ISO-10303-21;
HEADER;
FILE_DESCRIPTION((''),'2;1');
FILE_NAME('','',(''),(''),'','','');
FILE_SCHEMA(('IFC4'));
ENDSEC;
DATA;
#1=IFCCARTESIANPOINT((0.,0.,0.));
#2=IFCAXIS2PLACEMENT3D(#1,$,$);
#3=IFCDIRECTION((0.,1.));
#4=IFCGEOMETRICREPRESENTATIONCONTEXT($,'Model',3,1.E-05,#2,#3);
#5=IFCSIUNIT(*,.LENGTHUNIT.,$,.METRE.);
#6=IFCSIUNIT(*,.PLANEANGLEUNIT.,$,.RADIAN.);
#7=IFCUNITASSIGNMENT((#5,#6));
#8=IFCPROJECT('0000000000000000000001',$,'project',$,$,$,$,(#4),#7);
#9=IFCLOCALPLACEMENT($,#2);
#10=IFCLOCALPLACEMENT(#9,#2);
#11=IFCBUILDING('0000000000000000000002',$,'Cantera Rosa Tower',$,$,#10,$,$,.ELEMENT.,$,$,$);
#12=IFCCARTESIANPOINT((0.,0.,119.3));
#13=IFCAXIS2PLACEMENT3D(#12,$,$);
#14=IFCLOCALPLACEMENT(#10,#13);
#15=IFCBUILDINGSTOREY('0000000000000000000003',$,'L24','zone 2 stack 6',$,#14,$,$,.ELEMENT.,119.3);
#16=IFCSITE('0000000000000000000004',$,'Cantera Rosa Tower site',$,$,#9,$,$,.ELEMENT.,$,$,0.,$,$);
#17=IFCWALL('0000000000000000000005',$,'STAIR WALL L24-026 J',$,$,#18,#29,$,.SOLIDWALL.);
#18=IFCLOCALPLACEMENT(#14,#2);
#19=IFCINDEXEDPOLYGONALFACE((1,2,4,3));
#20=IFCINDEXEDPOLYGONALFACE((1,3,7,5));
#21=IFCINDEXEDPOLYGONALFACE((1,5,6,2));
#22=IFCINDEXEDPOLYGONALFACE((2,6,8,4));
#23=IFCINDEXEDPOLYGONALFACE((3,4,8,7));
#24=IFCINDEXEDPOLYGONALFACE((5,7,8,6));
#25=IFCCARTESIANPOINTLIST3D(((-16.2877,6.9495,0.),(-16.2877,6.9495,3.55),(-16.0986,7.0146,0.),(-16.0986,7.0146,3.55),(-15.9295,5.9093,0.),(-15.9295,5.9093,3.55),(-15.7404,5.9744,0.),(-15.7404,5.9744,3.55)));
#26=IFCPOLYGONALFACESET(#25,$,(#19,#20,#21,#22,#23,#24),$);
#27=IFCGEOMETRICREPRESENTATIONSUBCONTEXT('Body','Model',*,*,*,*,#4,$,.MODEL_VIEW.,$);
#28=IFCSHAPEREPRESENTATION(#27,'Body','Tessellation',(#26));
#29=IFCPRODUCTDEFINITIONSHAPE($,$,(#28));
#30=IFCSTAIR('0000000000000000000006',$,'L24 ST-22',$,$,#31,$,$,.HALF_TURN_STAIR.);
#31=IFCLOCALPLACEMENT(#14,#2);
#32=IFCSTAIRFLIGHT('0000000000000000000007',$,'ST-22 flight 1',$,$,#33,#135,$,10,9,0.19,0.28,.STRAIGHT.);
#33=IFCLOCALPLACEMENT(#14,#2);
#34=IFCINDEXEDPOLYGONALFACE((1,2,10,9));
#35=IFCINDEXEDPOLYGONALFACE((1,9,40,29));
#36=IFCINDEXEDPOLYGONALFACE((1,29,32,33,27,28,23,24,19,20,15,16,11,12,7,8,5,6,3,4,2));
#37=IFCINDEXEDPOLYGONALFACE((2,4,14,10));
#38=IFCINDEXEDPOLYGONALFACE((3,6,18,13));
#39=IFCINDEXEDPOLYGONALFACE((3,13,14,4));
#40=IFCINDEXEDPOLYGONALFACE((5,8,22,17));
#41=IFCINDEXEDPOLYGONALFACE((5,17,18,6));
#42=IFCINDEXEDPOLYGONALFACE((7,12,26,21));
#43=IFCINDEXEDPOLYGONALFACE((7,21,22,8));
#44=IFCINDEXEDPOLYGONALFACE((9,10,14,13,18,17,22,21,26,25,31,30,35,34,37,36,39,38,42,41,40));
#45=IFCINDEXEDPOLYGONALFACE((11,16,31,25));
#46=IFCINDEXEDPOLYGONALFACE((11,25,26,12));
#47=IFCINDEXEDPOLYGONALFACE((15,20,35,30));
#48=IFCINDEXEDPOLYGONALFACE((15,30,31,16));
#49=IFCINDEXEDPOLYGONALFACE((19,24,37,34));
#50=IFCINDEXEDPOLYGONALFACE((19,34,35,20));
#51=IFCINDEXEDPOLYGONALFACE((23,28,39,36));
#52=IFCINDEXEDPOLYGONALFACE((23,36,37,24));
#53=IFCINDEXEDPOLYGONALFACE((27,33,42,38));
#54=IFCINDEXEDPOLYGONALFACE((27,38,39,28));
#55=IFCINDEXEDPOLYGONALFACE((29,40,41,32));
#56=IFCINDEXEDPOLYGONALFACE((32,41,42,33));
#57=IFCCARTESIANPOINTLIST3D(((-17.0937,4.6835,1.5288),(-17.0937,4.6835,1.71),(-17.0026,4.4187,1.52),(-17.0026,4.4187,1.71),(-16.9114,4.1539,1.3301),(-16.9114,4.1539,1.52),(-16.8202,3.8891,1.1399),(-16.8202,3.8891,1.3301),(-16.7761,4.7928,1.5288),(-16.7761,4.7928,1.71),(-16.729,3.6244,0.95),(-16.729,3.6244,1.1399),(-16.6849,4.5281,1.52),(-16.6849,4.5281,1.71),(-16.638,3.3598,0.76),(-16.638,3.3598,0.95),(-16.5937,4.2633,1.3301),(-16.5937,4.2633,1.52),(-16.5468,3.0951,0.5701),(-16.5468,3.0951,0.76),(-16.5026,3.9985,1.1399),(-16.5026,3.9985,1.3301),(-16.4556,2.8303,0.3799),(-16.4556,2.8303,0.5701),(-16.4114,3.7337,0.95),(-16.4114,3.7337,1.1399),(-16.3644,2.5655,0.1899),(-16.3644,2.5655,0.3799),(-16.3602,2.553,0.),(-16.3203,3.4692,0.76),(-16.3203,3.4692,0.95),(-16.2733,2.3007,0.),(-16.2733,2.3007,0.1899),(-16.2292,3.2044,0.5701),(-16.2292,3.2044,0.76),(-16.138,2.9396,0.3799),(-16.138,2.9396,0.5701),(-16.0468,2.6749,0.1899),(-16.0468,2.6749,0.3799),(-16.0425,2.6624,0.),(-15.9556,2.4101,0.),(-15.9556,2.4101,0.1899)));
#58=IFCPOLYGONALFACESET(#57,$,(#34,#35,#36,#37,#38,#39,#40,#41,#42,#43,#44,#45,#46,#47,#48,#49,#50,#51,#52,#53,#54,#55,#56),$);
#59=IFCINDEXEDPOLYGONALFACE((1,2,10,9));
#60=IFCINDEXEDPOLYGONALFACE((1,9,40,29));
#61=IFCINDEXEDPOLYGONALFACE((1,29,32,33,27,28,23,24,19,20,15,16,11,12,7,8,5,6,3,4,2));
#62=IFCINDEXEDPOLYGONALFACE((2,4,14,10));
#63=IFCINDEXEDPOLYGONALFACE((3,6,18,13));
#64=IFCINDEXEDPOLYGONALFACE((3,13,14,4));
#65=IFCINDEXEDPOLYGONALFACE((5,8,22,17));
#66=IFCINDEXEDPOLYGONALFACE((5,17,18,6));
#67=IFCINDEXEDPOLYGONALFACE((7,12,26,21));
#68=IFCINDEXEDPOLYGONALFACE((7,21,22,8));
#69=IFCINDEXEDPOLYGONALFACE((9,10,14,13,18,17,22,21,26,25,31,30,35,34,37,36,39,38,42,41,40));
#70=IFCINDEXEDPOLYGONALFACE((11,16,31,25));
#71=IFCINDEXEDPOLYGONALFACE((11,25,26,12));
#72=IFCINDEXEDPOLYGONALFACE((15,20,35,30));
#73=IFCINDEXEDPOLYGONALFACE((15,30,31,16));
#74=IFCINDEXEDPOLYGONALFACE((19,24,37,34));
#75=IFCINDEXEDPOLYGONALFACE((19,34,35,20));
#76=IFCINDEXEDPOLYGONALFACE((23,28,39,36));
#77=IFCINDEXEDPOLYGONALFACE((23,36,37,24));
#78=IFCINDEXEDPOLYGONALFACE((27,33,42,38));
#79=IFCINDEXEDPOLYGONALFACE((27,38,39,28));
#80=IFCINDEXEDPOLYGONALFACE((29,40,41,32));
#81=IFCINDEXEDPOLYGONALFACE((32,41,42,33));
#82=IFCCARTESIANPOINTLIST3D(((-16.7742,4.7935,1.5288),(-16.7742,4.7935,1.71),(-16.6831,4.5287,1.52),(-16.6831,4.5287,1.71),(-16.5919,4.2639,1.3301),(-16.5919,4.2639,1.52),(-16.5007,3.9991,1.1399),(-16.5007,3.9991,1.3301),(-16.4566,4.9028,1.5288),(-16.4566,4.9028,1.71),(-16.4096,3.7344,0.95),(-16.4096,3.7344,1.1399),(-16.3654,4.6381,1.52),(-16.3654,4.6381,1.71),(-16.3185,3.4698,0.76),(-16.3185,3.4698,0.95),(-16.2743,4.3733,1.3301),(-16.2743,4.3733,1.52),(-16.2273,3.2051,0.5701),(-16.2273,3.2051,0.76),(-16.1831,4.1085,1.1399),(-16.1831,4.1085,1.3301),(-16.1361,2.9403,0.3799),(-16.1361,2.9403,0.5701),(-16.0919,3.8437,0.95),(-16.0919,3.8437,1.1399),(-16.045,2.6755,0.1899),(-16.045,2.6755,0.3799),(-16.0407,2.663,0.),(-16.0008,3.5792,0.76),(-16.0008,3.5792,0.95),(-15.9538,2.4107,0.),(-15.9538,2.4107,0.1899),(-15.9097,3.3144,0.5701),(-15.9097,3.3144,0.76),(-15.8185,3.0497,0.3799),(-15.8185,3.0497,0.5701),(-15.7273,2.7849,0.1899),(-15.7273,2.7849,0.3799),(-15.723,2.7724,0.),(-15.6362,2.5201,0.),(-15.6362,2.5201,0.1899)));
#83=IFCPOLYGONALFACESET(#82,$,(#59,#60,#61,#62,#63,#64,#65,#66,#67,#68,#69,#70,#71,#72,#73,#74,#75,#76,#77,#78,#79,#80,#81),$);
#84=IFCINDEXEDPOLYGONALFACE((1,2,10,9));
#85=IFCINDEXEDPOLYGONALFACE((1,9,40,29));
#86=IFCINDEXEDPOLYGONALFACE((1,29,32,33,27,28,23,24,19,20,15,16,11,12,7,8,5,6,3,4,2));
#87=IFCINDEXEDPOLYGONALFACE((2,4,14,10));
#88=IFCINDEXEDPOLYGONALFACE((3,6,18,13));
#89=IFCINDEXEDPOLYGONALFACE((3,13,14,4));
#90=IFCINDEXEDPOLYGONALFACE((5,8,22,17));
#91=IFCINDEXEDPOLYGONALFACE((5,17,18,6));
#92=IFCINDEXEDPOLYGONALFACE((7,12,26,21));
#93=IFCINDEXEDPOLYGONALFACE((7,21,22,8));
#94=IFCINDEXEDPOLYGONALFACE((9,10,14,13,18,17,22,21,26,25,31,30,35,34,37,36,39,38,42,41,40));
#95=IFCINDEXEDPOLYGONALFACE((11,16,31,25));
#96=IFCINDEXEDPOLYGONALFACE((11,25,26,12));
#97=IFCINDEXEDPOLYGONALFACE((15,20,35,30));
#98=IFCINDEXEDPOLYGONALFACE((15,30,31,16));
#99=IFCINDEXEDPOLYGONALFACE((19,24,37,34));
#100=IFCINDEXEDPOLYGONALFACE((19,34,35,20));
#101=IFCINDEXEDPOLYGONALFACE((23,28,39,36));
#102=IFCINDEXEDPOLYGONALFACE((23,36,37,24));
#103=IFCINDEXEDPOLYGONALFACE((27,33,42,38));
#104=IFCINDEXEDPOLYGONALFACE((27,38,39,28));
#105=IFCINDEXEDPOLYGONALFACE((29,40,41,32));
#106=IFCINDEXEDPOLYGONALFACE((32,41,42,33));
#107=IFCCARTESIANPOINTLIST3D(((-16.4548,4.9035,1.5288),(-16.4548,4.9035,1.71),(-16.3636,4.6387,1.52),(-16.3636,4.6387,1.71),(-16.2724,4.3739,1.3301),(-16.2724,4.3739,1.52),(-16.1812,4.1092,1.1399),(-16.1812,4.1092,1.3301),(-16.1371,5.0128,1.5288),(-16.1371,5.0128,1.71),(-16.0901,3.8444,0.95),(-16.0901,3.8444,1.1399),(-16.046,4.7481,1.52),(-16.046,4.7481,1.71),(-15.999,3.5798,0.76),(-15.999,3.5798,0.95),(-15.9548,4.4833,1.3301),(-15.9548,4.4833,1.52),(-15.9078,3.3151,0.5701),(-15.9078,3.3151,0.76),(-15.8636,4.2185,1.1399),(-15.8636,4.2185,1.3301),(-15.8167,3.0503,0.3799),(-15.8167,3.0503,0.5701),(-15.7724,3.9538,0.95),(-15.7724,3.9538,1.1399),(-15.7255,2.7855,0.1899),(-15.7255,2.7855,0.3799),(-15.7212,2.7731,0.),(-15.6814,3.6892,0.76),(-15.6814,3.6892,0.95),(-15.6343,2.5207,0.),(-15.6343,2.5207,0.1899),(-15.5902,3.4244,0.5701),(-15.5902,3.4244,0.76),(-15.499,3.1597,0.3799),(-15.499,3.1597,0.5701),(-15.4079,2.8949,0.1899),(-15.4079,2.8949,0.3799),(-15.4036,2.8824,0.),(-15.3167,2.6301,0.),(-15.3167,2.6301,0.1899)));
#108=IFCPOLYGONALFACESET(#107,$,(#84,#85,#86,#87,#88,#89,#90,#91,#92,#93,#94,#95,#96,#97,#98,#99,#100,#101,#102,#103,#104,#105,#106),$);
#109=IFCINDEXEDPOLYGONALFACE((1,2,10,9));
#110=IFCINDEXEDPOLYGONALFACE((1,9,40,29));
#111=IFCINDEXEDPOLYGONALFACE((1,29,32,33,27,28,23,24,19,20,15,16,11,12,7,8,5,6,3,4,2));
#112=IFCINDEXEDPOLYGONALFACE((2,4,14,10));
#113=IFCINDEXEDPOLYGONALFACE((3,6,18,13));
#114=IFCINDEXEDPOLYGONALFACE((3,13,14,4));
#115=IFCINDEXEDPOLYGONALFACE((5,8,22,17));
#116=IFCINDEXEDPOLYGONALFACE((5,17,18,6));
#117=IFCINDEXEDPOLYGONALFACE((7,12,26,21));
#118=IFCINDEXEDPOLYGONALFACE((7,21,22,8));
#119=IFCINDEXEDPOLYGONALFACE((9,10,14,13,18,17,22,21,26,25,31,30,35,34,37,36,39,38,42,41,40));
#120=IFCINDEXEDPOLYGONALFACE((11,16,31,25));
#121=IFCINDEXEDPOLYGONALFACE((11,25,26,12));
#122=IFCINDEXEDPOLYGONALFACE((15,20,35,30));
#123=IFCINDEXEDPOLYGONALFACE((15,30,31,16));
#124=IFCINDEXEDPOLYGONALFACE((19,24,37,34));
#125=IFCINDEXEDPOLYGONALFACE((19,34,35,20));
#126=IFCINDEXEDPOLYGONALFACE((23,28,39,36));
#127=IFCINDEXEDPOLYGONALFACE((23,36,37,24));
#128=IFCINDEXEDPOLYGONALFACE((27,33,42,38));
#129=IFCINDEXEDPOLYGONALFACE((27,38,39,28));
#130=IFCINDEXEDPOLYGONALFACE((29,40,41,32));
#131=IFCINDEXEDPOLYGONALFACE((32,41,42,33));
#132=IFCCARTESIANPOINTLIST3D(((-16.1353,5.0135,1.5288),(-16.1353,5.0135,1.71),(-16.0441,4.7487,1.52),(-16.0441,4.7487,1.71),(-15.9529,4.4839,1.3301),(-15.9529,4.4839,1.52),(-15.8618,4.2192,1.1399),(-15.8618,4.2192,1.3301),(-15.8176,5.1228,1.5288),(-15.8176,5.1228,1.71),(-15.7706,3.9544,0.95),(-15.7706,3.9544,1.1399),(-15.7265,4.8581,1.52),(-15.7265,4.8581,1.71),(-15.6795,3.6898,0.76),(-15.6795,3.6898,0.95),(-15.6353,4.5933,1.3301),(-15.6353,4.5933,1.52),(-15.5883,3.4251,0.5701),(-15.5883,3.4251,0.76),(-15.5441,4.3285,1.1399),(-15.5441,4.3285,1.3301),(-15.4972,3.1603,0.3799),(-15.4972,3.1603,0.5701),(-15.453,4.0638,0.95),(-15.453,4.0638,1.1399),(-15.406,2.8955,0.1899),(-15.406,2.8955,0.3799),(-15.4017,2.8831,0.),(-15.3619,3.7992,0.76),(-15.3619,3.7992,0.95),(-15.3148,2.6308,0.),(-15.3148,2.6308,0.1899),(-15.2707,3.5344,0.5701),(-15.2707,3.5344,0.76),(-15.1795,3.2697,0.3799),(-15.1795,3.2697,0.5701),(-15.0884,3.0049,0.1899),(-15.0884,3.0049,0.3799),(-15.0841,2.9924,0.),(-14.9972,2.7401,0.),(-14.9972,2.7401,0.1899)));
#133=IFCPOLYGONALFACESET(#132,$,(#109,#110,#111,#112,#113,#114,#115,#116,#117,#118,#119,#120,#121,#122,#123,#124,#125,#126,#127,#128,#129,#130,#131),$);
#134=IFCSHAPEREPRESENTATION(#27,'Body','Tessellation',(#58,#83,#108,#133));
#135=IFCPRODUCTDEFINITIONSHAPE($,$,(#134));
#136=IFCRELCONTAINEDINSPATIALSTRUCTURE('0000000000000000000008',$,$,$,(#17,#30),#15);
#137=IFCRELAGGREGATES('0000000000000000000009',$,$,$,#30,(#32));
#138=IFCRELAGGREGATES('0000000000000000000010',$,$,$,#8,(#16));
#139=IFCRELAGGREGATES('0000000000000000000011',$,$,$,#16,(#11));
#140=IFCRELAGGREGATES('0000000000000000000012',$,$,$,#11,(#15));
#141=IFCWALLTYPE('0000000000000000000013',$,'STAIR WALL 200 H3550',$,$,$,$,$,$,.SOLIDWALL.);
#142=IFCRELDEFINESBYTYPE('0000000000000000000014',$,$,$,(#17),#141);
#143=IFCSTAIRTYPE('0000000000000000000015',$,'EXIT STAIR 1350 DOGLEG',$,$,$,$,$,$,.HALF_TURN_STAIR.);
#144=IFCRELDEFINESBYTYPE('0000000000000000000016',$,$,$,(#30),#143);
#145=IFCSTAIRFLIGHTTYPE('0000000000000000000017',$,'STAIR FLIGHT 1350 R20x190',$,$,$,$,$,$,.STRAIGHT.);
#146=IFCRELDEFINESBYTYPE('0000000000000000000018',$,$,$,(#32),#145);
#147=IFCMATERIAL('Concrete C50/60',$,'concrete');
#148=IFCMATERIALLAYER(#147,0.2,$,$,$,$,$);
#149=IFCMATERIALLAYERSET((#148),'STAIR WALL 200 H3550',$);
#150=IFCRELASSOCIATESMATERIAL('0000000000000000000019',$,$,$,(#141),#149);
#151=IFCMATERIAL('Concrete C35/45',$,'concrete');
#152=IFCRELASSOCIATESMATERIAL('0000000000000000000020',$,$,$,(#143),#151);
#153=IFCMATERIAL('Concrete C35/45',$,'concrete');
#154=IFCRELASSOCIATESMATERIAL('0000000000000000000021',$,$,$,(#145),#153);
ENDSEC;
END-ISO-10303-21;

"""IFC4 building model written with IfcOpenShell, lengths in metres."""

from ifc_helpers import new_model, si_unit, direction, frame, frame_2d, origin, place, context, subcontext, project, spatial, polyline, rectangle, outline, extrude, material, layer, layer_set, type_object, element, aggregate, save


model = new_model("IFC4")

# Units and contexts
model_context = context("Model", 3, precision=1e-05, world=origin(), true_north=direction((0.0, 1.0)))
body_context = subcontext(model_context, "Body", "Model", "MODEL_VIEW")
ifc_project = project(units=[si_unit("LENGTHUNIT", "METRE"), si_unit("PLANEANGLEUNIT", "RADIAN")], contexts=[model_context])

# Site, building, storey
site_placement = place(None, origin())
site = spatial("IfcSite", under=ifc_project, at=site_placement, Name="Cantera Rosa Tower site", CompositionType="ELEMENT", RefElevation=0.0)
building_placement = place(site_placement, origin())
building = spatial("IfcBuilding", under=site, at=building_placement, Name="Cantera Rosa Tower", CompositionType="ELEMENT")
storey_placement = place(building_placement, frame((0.0, 0.0, 119.3)))
storey = spatial("IfcBuildingStorey", under=building, at=storey_placement, Name="L24", Description="zone 2 stack 6", CompositionType="ELEMENT", Elevation=119.3)

# Shared definitions
ifc_material_1 = material(Name="Concrete C50/60", Category="concrete")
ifc_layer_1 = layer(ifc_material_1, 0.2)
ifc_layer_set_1 = layer_set([ifc_layer_1], Name="STAIR WALL 200 H3550")
wall_type_1 = type_object("IfcWallType", Name="STAIR WALL 200 H3550", PredefinedType="SOLIDWALL", material=ifc_layer_set_1)

# Wall
wall_1_placement = place(storey_placement, frame((-15.835, 5.9419, 0.0), z_axis=(0.0, 0.0, 1.0), x_axis=(-0.325601, 0.945507, 0.0)))
element("IfcWall", 1, at=wall_1_placement, inside=storey, type_object=wall_type_1, Name="STAIR WALL L24-026 J", PredefinedType="SOLIDWALL", context=body_context, shape_type="SweptSolid", body=[
    extrude(rectangle(XDim=1.1001, YDim=0.2, at=frame_2d((0.55, 0.0))), origin(), (0.0, 0.0, 1.0), 3.55),
])

# Stair, stair flight
ifc_material_2 = material(Name="Concrete C35/45", Category="concrete")
stair_type = type_object("IfcStairType", Name="EXIT STAIR 1350 DOGLEG", PredefinedType="HALF_TURN_STAIR", material=ifc_material_2)
stair_placement = place(storey_placement, origin())
stair = element("IfcStair", 2, at=stair_placement, inside=storey, type_object=stair_type, Name="L24 ST-22", PredefinedType="HALF_TURN_STAIR")
ifc_material_3 = material(Name="Concrete C35/45", Category="concrete")
stair_flight_type = type_object("IfcStairFlightType", Name="STAIR FLIGHT 1350 R20x190", PredefinedType="STRAIGHT", material=ifc_material_3)
stair_flight_1_placement = place(storey_placement, frame((-15.635, 2.5205, 0.0), z_axis=(0.0, 0.0, 1.0), x_axis=(-0.325568, 0.945519, 0.0)))
stair_flight_1 = element("IfcStairFlight", 3, at=stair_flight_1_placement, type_object=stair_flight_type, Name="ST-22 flight 1", NumberOfRisers=10, NumberOfTreads=9, PredefinedType="STRAIGHT", RiserHeight=0.19, TreadLength=0.28, context=body_context, shape_type="SweptSolid", body=[
    extrude(outline(polyline([(0.0, 0.0), (0.0, 0.1899), (0.28, 0.1899), (0.28, 0.3799), (0.5601, 0.3799), (0.5601, 0.5701), (0.8401, 0.5701), (0.8401, 0.76), (1.1201, 0.76), (1.1201, 0.95), (1.3999, 0.95), (1.3999, 1.1399), (1.6799, 1.1399), (1.6799, 1.3301), (1.96, 1.3301), (1.96, 1.52), (2.24, 1.52), (2.24, 1.71), (2.52, 1.71), (2.52, 1.8999), (2.52, 1.5288), (0.2668, 0.0), (0.0, 0.0)])), frame((0.0, 0.675, 0.0), z_axis=(0.0, -1.0, 0.0), x_axis=(1.0, 0.0, 0.0)), (0.0, 0.0, 1.0), 0.3359),
    extrude(outline(polyline([(0.0, 0.0), (0.0, 0.1899), (0.28, 0.1899), (0.28, 0.3799), (0.5601, 0.3799), (0.5601, 0.5701), (0.8401, 0.5701), (0.8401, 0.76), (1.1201, 0.76), (1.1201, 0.95), (1.3999, 0.95), (1.3999, 1.1399), (1.6799, 1.1399), (1.6799, 1.3301), (1.96, 1.3301), (1.96, 1.52), (2.24, 1.52), (2.24, 1.71), (2.52, 1.71), (2.52, 1.8999), (2.52, 1.5288), (0.2668, 0.0), (0.0, 0.0)])), frame((0.0, 0.3372, 0.0), z_axis=(0.0, -1.0, 0.0), x_axis=(1.0, 0.0, 0.0)), (0.0, 0.0, 1.0), 0.3359),
    extrude(outline(polyline([(0.0, 0.0), (0.0, 0.1899), (0.28, 0.1899), (0.28, 0.3799), (0.5601, 0.3799), (0.5601, 0.5701), (0.8401, 0.5701), (0.8401, 0.76), (1.1201, 0.76), (1.1201, 0.95), (1.3999, 0.95), (1.3999, 1.1399), (1.6799, 1.1399), (1.6799, 1.3301), (1.96, 1.3301), (1.96, 1.52), (2.24, 1.52), (2.24, 1.71), (2.52, 1.71), (2.52, 1.8999), (2.52, 1.5288), (0.2668, 0.0), (0.0, 0.0)])), frame((0.0, -0.0007, 0.0), z_axis=(0.0, -1.0, 0.0), x_axis=(1.0, 0.0, 0.0)), (0.0, 0.0, 1.0), 0.3359),
    extrude(outline(polyline([(0.0, 0.0), (0.0, 0.1899), (0.28, 0.1899), (0.28, 0.3799), (0.5601, 0.3799), (0.5601, 0.5701), (0.8401, 0.5701), (0.8401, 0.76), (1.1201, 0.76), (1.1201, 0.95), (1.3999, 0.95), (1.3999, 1.1399), (1.6799, 1.1399), (1.6799, 1.3301), (1.96, 1.3301), (1.96, 1.52), (2.24, 1.52), (2.24, 1.71), (2.52, 1.71), (2.52, 1.8999), (2.52, 1.5288), (0.2668, 0.0), (0.0, 0.0)])), frame((0.0, -0.3386, 0.0), z_axis=(0.0, -1.0, 0.0), x_axis=(1.0, 0.0, 0.0)), (0.0, 0.0, 1.0), 0.3359),
])
aggregate(stair, [stair_flight_1])

save(model, "model.ifc")
